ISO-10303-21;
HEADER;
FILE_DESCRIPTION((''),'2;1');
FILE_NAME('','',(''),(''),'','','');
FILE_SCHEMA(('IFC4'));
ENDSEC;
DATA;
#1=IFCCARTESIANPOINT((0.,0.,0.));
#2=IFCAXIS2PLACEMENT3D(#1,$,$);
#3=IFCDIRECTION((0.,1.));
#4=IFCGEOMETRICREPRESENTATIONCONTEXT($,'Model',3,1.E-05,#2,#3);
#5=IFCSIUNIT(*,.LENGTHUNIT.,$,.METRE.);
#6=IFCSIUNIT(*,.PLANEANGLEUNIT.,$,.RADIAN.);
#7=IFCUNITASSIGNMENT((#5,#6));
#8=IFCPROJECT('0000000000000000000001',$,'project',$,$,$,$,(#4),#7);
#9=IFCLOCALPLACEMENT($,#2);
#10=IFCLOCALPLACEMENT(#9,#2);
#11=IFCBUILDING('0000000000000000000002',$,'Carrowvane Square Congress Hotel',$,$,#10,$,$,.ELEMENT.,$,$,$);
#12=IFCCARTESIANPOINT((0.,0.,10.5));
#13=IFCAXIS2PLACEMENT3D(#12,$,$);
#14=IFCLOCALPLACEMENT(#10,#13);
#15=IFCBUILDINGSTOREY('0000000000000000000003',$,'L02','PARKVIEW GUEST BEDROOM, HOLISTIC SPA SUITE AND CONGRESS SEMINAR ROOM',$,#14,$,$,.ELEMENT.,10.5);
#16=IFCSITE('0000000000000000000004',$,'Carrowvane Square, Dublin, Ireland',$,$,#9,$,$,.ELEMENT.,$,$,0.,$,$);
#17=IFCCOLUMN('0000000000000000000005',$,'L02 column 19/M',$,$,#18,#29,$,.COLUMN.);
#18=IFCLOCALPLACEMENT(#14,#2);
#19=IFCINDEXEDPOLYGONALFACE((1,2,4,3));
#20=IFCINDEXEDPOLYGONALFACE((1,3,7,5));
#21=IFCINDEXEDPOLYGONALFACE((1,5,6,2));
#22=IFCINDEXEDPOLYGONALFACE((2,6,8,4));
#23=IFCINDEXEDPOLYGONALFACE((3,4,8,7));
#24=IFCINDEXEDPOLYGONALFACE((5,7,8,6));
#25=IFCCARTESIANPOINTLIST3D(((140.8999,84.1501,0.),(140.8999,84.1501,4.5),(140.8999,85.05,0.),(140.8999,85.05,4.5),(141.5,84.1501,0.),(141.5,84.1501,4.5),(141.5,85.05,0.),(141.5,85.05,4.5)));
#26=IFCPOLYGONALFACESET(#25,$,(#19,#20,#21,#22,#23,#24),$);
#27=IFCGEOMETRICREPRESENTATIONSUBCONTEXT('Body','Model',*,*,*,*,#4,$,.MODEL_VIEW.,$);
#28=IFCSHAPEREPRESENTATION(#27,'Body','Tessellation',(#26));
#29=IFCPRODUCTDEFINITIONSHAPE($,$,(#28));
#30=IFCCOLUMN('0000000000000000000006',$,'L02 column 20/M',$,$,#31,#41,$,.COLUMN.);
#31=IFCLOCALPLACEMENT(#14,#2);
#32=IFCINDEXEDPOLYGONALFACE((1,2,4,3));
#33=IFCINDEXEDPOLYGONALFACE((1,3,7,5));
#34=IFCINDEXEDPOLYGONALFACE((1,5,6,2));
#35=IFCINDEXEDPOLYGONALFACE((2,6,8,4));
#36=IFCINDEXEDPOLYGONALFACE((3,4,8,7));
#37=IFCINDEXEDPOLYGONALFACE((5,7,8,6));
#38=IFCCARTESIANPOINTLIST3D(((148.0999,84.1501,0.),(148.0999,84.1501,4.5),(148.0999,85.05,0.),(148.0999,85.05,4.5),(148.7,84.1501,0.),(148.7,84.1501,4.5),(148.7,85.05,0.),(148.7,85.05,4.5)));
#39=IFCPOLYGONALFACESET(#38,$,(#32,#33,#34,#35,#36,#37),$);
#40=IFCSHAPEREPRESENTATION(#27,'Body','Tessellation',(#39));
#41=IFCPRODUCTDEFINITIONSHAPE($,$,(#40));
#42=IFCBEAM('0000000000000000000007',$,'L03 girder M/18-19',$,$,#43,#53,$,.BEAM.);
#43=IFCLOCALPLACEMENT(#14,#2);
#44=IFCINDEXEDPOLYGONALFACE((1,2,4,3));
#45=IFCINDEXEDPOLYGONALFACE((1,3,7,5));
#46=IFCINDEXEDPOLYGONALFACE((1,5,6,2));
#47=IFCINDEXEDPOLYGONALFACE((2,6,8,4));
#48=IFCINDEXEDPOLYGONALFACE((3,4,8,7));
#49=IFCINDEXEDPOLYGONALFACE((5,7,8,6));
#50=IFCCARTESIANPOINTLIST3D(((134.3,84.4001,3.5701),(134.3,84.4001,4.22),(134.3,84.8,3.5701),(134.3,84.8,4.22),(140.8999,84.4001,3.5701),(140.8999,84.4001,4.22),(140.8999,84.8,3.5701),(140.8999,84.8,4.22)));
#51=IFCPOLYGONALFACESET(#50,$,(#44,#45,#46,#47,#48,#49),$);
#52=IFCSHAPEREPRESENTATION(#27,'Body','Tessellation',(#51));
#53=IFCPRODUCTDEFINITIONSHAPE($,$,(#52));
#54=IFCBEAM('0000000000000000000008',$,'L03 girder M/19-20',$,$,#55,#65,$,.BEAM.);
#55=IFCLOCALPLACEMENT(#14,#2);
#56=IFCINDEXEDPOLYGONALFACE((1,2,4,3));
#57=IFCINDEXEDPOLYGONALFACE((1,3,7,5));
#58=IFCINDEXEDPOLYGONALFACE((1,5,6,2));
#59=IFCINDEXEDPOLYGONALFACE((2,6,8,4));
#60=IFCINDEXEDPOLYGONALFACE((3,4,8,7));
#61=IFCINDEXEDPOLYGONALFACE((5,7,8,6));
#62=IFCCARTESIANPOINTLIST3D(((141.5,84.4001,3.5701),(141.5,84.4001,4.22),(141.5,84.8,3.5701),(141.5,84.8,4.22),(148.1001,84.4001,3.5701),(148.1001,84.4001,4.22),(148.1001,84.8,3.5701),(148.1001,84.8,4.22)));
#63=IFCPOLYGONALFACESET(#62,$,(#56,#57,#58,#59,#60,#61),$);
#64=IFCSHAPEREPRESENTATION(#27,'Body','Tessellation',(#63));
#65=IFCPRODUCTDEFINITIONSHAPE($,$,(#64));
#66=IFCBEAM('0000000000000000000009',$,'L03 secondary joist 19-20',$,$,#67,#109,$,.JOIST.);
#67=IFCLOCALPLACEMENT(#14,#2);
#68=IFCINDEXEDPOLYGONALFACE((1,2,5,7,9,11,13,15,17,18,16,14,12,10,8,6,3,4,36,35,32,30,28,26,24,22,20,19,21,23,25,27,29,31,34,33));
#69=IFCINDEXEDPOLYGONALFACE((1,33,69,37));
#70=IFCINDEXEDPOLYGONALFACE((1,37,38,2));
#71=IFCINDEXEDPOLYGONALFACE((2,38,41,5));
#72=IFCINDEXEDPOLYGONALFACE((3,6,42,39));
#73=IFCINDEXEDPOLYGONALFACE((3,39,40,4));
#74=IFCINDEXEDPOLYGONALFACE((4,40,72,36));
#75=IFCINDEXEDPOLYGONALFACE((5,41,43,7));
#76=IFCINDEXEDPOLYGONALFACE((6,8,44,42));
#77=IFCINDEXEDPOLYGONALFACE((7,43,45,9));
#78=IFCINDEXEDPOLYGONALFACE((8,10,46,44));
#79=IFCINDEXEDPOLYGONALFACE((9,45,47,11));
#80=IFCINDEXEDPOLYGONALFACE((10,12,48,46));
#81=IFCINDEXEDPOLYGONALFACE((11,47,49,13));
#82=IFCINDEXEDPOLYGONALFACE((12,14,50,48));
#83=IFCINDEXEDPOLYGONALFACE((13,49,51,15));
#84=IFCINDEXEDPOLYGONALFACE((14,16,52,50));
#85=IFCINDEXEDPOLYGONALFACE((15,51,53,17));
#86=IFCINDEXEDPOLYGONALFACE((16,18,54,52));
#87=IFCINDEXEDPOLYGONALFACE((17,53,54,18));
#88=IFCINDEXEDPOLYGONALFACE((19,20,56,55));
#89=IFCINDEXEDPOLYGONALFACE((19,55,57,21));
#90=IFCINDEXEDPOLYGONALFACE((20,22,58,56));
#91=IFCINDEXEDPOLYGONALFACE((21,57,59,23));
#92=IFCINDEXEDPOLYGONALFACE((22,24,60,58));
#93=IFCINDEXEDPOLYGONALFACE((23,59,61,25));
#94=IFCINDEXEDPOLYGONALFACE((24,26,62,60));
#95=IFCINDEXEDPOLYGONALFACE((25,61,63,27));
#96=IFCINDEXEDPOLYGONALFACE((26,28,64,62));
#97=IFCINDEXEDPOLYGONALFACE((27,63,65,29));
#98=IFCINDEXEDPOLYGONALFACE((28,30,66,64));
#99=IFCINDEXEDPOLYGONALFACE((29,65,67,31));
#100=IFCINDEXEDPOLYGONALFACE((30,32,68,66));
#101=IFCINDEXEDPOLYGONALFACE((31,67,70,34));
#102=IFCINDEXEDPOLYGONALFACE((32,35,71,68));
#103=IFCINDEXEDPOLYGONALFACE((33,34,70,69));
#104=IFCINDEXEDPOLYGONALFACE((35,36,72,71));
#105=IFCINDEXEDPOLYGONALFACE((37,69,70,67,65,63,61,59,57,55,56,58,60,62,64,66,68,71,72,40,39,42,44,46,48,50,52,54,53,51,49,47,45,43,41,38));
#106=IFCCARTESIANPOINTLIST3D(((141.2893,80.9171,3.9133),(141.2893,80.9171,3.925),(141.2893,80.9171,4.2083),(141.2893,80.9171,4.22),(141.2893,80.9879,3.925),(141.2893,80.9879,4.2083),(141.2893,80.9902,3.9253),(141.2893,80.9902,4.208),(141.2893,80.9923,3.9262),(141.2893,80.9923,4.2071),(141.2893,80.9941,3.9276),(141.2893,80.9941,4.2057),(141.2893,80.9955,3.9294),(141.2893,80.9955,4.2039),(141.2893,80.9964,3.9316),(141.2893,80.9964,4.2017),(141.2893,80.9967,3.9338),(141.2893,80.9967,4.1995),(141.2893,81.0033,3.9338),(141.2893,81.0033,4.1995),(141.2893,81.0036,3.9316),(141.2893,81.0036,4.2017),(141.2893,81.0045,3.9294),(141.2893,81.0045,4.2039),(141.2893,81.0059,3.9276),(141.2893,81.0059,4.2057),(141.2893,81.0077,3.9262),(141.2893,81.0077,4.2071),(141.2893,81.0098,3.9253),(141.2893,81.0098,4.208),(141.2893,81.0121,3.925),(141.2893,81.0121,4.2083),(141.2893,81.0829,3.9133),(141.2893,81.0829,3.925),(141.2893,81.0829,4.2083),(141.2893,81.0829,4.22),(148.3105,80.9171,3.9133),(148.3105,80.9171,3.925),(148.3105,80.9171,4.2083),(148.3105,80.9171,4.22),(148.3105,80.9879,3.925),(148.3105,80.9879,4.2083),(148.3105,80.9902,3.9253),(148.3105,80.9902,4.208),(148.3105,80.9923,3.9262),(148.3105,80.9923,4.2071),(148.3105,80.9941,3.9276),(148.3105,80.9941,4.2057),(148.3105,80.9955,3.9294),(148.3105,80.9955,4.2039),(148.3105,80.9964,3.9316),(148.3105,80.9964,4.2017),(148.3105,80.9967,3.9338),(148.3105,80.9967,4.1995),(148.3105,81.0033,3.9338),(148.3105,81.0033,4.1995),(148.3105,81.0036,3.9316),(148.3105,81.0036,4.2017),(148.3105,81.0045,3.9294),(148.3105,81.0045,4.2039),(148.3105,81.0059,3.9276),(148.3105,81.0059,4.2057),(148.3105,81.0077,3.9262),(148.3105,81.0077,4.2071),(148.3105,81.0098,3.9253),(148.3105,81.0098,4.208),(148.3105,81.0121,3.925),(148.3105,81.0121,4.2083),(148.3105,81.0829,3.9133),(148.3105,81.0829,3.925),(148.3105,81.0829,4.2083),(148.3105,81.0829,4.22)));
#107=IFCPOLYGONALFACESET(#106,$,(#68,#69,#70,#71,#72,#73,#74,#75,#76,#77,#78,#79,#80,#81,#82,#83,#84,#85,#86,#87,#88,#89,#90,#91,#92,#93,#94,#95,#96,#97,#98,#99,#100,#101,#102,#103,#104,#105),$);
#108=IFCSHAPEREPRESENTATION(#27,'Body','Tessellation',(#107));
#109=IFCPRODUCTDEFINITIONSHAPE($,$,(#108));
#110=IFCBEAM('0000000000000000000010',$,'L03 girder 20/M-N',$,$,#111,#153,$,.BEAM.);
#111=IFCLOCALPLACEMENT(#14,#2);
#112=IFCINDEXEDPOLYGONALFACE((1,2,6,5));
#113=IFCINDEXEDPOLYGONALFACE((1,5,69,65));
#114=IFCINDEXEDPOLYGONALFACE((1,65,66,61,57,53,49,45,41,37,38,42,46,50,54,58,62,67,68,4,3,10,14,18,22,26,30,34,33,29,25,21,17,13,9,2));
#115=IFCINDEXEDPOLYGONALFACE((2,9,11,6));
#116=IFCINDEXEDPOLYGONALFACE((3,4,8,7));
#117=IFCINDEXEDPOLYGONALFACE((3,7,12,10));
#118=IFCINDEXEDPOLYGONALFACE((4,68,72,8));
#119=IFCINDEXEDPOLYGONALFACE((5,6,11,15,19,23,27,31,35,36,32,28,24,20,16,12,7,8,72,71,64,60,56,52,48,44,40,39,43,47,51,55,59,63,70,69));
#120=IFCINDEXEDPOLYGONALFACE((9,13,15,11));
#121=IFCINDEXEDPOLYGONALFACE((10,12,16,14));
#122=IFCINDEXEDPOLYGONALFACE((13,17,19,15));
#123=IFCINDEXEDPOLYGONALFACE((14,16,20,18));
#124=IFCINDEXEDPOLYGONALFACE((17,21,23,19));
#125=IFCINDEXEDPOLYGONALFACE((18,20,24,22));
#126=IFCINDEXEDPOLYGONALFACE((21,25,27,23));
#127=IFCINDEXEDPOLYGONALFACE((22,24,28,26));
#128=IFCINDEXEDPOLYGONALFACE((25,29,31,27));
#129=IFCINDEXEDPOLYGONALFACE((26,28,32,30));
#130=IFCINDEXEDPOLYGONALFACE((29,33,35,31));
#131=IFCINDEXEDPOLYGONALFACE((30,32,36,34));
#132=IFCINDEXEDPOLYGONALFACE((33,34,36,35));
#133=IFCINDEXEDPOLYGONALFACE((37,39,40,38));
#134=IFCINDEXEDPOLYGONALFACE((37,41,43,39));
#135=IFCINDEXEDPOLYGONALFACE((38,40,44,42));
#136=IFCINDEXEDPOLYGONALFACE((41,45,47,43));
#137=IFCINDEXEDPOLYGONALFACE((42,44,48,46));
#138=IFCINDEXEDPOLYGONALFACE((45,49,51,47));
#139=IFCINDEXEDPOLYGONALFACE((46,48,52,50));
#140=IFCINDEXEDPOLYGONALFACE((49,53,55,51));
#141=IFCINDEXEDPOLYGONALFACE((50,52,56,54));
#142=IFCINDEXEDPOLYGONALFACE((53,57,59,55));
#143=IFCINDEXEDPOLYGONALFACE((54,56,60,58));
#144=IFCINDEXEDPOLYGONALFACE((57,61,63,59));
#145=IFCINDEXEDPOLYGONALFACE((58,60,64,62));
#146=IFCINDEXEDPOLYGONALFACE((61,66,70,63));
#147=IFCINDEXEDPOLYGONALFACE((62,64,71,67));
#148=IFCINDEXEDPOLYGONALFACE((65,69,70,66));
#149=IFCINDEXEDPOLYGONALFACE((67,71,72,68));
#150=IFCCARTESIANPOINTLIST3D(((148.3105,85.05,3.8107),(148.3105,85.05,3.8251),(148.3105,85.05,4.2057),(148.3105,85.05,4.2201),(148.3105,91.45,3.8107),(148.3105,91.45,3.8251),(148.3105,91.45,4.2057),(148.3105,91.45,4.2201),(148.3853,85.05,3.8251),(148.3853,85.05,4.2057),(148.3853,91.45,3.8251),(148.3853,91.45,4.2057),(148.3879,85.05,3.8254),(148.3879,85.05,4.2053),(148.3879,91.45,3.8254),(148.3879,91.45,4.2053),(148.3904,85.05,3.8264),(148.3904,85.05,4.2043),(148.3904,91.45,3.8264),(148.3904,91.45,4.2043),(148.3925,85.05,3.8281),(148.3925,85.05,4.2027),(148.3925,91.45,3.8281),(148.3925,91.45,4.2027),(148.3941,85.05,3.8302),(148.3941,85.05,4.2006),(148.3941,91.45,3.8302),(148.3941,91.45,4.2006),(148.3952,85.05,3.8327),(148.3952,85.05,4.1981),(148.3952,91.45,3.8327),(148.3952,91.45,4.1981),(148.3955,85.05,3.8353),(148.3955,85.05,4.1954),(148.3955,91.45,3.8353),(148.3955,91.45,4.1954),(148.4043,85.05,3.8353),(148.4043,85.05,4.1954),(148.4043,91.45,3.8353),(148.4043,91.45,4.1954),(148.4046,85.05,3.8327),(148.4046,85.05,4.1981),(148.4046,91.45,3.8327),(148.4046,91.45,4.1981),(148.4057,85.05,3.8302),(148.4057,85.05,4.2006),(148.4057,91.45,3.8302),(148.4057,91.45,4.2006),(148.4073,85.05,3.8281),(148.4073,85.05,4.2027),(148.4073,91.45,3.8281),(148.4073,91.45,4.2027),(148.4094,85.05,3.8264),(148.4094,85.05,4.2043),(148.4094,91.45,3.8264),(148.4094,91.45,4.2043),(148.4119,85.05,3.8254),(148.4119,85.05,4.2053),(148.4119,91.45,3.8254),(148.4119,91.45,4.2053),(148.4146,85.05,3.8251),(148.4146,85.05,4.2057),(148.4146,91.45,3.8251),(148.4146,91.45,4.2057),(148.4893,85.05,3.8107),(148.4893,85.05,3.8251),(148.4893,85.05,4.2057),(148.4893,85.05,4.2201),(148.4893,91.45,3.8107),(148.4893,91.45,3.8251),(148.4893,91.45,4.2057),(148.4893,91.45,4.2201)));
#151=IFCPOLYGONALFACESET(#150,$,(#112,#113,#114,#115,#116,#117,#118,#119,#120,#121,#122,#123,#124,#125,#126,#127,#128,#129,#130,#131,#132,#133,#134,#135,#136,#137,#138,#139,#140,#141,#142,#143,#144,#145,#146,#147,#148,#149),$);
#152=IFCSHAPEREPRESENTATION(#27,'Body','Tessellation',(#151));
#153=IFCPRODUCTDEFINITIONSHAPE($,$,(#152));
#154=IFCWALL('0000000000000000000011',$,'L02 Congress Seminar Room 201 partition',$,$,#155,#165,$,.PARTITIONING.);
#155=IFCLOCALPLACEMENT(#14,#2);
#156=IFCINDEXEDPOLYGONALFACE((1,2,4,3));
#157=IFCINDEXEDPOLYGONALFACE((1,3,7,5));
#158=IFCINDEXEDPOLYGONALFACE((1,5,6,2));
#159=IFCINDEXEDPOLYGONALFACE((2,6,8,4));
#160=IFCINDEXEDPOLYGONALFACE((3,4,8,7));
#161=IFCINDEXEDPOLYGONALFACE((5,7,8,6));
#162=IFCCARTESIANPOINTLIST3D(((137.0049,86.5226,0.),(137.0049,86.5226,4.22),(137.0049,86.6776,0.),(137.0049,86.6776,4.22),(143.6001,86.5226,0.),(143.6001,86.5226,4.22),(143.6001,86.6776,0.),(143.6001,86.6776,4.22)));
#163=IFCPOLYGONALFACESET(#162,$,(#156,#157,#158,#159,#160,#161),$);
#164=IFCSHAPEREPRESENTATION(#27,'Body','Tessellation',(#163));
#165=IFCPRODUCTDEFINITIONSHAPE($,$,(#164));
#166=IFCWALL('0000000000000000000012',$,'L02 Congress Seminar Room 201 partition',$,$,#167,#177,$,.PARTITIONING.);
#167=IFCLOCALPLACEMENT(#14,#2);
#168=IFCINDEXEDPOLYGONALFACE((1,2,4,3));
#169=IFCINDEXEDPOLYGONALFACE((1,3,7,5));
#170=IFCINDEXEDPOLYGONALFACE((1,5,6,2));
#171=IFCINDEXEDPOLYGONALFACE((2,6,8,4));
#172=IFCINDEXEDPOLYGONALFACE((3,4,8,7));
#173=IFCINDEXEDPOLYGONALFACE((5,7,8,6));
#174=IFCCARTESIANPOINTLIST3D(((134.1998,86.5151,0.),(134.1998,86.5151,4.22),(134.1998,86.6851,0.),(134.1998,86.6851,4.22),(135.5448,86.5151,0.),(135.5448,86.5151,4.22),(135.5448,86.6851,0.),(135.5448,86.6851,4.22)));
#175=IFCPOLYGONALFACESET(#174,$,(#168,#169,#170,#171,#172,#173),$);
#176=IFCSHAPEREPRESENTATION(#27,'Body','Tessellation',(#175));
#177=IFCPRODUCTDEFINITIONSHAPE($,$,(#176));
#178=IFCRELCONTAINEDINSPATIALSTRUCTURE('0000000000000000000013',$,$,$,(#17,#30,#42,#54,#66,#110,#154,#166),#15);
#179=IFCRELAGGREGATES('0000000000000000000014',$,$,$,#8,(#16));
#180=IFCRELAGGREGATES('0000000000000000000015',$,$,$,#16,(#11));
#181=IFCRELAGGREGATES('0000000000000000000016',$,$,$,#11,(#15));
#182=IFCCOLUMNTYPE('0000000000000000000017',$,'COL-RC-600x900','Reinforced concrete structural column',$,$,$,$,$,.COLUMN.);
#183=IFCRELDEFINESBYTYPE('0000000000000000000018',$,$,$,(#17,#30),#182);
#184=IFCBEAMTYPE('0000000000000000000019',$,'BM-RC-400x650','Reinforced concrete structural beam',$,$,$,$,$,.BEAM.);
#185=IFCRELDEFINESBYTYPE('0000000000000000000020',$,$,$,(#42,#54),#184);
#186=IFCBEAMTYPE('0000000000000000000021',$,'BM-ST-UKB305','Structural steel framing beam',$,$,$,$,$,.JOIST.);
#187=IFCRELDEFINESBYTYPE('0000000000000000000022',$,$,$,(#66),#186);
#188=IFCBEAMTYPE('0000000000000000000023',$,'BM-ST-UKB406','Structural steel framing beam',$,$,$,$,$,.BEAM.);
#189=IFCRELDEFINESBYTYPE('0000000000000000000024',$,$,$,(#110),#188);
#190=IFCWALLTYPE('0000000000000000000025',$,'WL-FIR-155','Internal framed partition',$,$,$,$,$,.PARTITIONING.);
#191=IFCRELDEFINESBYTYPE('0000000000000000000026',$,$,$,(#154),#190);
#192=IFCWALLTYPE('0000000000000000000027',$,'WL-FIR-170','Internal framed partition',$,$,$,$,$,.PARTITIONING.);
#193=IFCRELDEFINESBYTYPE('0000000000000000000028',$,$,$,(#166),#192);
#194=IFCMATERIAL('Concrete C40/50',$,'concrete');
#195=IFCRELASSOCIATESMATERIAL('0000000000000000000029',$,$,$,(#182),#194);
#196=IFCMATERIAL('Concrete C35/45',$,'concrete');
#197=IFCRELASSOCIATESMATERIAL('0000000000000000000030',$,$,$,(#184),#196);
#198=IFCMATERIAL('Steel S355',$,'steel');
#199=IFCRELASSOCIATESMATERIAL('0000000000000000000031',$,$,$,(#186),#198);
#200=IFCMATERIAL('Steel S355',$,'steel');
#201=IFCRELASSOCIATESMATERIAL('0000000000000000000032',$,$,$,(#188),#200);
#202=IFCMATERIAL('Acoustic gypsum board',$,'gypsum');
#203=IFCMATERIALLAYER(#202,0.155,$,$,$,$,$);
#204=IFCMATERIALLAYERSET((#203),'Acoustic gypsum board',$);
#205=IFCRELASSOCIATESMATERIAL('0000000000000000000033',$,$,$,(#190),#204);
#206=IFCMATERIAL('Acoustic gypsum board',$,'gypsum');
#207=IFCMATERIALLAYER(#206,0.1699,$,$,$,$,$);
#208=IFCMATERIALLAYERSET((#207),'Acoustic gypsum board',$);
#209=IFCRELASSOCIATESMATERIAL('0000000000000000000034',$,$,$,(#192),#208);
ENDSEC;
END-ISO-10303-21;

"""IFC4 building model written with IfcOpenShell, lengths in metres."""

from ifc_helpers import new_model, si_unit, direction, frame, frame_2d, origin, origin_2d, place, context, subcontext, project, spatial, rectangle, i_section, extrude, material, layer, layer_set, material_profile, profile_set, type_object, element, save


model = new_model("IFC4")

# Units and contexts
model_context = context("Model", 3, precision=1e-05, world=origin(), true_north=direction((0.0, 1.0)))
body_context = subcontext(model_context, "Body", "Model", "MODEL_VIEW")
ifc_project = project(units=[si_unit("LENGTHUNIT", "METRE"), si_unit("PLANEANGLEUNIT", "RADIAN")], contexts=[model_context])

# Site, building, storey
site_placement = place(None, origin())
site = spatial("IfcSite", under=ifc_project, at=site_placement, Name="Carrowvane Square, Dublin, Ireland", CompositionType="ELEMENT", RefElevation=0.0)
building_placement = place(site_placement, origin())
building = spatial("IfcBuilding", under=site, at=building_placement, Name="Carrowvane Square Congress Hotel", CompositionType="ELEMENT")
storey_placement = place(building_placement, frame((0.0, 0.0, 10.5)))
storey = spatial("IfcBuildingStorey", under=building, at=storey_placement, Name="L02", Description="PARKVIEW GUEST BEDROOM, HOLISTIC SPA SUITE AND CONGRESS SEMINAR ROOM", CompositionType="ELEMENT", Elevation=10.5)

# Columns
ifc_material_1 = material(Name="Concrete C40/50", Category="concrete")
ifc_material_profile_1 = material_profile(ifc_material_1, rectangle(XDim=0.6001, YDim=0.8999, at=origin_2d()), Name="RC 600x900")
ifc_profile_set_1 = profile_set([ifc_material_profile_1], Name="Concrete C40/50")
column_type = type_object("IfcColumnType", Name="COL-RC-600x900", Description="Reinforced concrete structural column", PredefinedType="COLUMN", material=ifc_profile_set_1)
for number, where, z_axis, x_axis, name in (
    (1, (141.2, 84.6001, 0.0), (0.0, 0.0, 1.0), (1.0, 0.0, 0.0), "L02 column 19/M"),
    (2, (148.3999, 84.6001, 0.0), (0.0, 0.0, 1.0), (1.0, 0.0, 0.0), "L02 column 20/M"),
):
    element("IfcColumn", number, at=place(storey_placement, frame(where, z_axis=z_axis, x_axis=x_axis)), inside=storey, type_object=column_type, Name=name, PredefinedType="COLUMN", context=body_context, shape_type="SweptSolid", body=[
        extrude(rectangle(XDim=0.6001, YDim=0.8999, at=origin_2d()), origin(), (0.0, 0.0, 1.0), 4.5),
    ])

# Beams
ifc_material_2 = material(Name="Concrete C35/45", Category="concrete")
ifc_material_profile_2 = material_profile(ifc_material_2, rectangle(XDim=0.3999, YDim=0.6499, at=origin_2d()), Name="RC 400x650")
ifc_profile_set_2 = profile_set([ifc_material_profile_2], Name="Concrete C35/45")
beam_type_1 = type_object("IfcBeamType", Name="BM-RC-400x650", Description="Reinforced concrete structural beam", PredefinedType="BEAM", material=ifc_profile_set_2)
beam_1_placement = place(storey_placement, frame((134.3, 84.6001, 3.895), z_axis=(1.0, 0.0, 0.0), x_axis=(0.0, 1.0, 0.0)))
element("IfcBeam", 3, at=beam_1_placement, inside=storey, type_object=beam_type_1, Name="L03 girder M/18-19", PredefinedType="BEAM", context=body_context, shape_type="SweptSolid", body=[
    extrude(rectangle(XDim=0.3999, YDim=0.6499, at=origin_2d()), origin(), (0.0, 0.0, 1.0), 6.5999),
])
beam_2_placement = place(storey_placement, frame((141.5, 84.6001, 3.895), z_axis=(1.0, 0.0, 0.0), x_axis=(0.0, 1.0, 0.0)))
element("IfcBeam", 4, at=beam_2_placement, inside=storey, type_object=beam_type_1, Name="L03 girder M/19-20", PredefinedType="BEAM", context=body_context, shape_type="SweptSolid", body=[
    extrude(rectangle(XDim=0.3999, YDim=0.6499, at=origin_2d()), origin(), (0.0, 0.0, 1.0), 6.6001),
])
ifc_material_3 = material(Name="Steel S355", Category="steel")
ifc_material_profile_3 = material_profile(ifc_material_3, i_section(OverallWidth=0.1658, OverallDepth=0.3066, WebThickness=0.0066, FlangeThickness=0.0117, FilletRadius=0.0088, at=origin_2d()), Name="UKB 305x165x46")
ifc_profile_set_3 = profile_set([ifc_material_profile_3], Name="Steel S355")
beam_type_2 = type_object("IfcBeamType", Name="BM-ST-UKB305", Description="Structural steel framing beam", PredefinedType="JOIST", material=ifc_profile_set_3)
beam_3_placement = place(storey_placement, frame((141.2893, 81.0, 4.0667), z_axis=(1.0, 0.0, 0.0), x_axis=(0.0, 1.0, 0.0)))
element("IfcBeam", 5, at=beam_3_placement, inside=storey, type_object=beam_type_2, Name="L03 secondary joist 19-20", PredefinedType="JOIST", context=body_context, shape_type="SweptSolid", body=[
    extrude(i_section(OverallWidth=0.1658, OverallDepth=0.3066, WebThickness=0.0066, FlangeThickness=0.0117, FilletRadius=0.0088, at=origin_2d()), origin(), (0.0, 0.0, 1.0), 7.0212),
])
ifc_material_4 = material(Name="Steel S355", Category="steel")
ifc_material_profile_4 = material_profile(ifc_material_4, i_section(OverallWidth=0.1787, OverallDepth=0.4094, WebThickness=0.0088, FlangeThickness=0.0144, FilletRadius=0.0103, at=origin_2d()), Name="UKB 406x178x67")
ifc_profile_set_4 = profile_set([ifc_material_profile_4], Name="Steel S355")
beam_type_3 = type_object("IfcBeamType", Name="BM-ST-UKB406", Description="Structural steel framing beam", PredefinedType="BEAM", material=ifc_profile_set_4)
beam_4_placement = place(storey_placement, frame((148.3999, 85.05, 4.0154), z_axis=(0.0, 1.0, 0.0), x_axis=(-1.0, 0.0, 0.0)))
element("IfcBeam", 6, at=beam_4_placement, inside=storey, type_object=beam_type_3, Name="L03 girder 20/M-N", PredefinedType="BEAM", context=body_context, shape_type="SweptSolid", body=[
    extrude(i_section(OverallWidth=0.1787, OverallDepth=0.4094, WebThickness=0.0088, FlangeThickness=0.0144, FilletRadius=0.0103, at=origin_2d()), origin(), (0.0, 0.0, 1.0), 6.3999),
])

# Walls
ifc_material_5 = material(Name="Acoustic gypsum board", Category="gypsum")
ifc_layer_1 = layer(ifc_material_5, 0.155)
ifc_layer_set_1 = layer_set([ifc_layer_1], Name="Acoustic gypsum board")
wall_type_1 = type_object("IfcWallType", Name="WL-FIR-155", Description="Internal framed partition", PredefinedType="PARTITIONING", material=ifc_layer_set_1)
wall_1_placement = place(storey_placement, frame((137.0049, 86.6001, 0.0), z_axis=(0.0, 0.0, 1.0), x_axis=(1.0, 0.0, 0.0)))
element("IfcWall", 7, at=wall_1_placement, inside=storey, type_object=wall_type_1, Name="L02 Congress Seminar Room 201 partition", PredefinedType="PARTITIONING", context=body_context, shape_type="SweptSolid", body=[
    extrude(rectangle(XDim=6.5952, YDim=0.155, at=frame_2d((3.2976, 0.0))), origin(), (0.0, 0.0, 1.0), 4.22),
])
ifc_material_6 = material(Name="Acoustic gypsum board", Category="gypsum")
ifc_layer_2 = layer(ifc_material_6, 0.1699)
ifc_layer_set_2 = layer_set([ifc_layer_2], Name="Acoustic gypsum board")
wall_type_2 = type_object("IfcWallType", Name="WL-FIR-170", Description="Internal framed partition", PredefinedType="PARTITIONING", material=ifc_layer_set_2)
wall_2_placement = place(storey_placement, frame((134.2, 86.6001, 0.0), z_axis=(0.0, 0.0, 1.0), x_axis=(1.0, 0.0, 0.0)))
element("IfcWall", 8, at=wall_2_placement, inside=storey, type_object=wall_type_2, Name="L02 Congress Seminar Room 201 partition", PredefinedType="PARTITIONING", context=body_context, shape_type="SweptSolid", body=[
    extrude(rectangle(XDim=1.345, YDim=0.1699, at=frame_2d((0.6724, 0.0))), origin(), (0.0, 0.0, 1.0), 4.22),
])

save(model, "model.ifc")
